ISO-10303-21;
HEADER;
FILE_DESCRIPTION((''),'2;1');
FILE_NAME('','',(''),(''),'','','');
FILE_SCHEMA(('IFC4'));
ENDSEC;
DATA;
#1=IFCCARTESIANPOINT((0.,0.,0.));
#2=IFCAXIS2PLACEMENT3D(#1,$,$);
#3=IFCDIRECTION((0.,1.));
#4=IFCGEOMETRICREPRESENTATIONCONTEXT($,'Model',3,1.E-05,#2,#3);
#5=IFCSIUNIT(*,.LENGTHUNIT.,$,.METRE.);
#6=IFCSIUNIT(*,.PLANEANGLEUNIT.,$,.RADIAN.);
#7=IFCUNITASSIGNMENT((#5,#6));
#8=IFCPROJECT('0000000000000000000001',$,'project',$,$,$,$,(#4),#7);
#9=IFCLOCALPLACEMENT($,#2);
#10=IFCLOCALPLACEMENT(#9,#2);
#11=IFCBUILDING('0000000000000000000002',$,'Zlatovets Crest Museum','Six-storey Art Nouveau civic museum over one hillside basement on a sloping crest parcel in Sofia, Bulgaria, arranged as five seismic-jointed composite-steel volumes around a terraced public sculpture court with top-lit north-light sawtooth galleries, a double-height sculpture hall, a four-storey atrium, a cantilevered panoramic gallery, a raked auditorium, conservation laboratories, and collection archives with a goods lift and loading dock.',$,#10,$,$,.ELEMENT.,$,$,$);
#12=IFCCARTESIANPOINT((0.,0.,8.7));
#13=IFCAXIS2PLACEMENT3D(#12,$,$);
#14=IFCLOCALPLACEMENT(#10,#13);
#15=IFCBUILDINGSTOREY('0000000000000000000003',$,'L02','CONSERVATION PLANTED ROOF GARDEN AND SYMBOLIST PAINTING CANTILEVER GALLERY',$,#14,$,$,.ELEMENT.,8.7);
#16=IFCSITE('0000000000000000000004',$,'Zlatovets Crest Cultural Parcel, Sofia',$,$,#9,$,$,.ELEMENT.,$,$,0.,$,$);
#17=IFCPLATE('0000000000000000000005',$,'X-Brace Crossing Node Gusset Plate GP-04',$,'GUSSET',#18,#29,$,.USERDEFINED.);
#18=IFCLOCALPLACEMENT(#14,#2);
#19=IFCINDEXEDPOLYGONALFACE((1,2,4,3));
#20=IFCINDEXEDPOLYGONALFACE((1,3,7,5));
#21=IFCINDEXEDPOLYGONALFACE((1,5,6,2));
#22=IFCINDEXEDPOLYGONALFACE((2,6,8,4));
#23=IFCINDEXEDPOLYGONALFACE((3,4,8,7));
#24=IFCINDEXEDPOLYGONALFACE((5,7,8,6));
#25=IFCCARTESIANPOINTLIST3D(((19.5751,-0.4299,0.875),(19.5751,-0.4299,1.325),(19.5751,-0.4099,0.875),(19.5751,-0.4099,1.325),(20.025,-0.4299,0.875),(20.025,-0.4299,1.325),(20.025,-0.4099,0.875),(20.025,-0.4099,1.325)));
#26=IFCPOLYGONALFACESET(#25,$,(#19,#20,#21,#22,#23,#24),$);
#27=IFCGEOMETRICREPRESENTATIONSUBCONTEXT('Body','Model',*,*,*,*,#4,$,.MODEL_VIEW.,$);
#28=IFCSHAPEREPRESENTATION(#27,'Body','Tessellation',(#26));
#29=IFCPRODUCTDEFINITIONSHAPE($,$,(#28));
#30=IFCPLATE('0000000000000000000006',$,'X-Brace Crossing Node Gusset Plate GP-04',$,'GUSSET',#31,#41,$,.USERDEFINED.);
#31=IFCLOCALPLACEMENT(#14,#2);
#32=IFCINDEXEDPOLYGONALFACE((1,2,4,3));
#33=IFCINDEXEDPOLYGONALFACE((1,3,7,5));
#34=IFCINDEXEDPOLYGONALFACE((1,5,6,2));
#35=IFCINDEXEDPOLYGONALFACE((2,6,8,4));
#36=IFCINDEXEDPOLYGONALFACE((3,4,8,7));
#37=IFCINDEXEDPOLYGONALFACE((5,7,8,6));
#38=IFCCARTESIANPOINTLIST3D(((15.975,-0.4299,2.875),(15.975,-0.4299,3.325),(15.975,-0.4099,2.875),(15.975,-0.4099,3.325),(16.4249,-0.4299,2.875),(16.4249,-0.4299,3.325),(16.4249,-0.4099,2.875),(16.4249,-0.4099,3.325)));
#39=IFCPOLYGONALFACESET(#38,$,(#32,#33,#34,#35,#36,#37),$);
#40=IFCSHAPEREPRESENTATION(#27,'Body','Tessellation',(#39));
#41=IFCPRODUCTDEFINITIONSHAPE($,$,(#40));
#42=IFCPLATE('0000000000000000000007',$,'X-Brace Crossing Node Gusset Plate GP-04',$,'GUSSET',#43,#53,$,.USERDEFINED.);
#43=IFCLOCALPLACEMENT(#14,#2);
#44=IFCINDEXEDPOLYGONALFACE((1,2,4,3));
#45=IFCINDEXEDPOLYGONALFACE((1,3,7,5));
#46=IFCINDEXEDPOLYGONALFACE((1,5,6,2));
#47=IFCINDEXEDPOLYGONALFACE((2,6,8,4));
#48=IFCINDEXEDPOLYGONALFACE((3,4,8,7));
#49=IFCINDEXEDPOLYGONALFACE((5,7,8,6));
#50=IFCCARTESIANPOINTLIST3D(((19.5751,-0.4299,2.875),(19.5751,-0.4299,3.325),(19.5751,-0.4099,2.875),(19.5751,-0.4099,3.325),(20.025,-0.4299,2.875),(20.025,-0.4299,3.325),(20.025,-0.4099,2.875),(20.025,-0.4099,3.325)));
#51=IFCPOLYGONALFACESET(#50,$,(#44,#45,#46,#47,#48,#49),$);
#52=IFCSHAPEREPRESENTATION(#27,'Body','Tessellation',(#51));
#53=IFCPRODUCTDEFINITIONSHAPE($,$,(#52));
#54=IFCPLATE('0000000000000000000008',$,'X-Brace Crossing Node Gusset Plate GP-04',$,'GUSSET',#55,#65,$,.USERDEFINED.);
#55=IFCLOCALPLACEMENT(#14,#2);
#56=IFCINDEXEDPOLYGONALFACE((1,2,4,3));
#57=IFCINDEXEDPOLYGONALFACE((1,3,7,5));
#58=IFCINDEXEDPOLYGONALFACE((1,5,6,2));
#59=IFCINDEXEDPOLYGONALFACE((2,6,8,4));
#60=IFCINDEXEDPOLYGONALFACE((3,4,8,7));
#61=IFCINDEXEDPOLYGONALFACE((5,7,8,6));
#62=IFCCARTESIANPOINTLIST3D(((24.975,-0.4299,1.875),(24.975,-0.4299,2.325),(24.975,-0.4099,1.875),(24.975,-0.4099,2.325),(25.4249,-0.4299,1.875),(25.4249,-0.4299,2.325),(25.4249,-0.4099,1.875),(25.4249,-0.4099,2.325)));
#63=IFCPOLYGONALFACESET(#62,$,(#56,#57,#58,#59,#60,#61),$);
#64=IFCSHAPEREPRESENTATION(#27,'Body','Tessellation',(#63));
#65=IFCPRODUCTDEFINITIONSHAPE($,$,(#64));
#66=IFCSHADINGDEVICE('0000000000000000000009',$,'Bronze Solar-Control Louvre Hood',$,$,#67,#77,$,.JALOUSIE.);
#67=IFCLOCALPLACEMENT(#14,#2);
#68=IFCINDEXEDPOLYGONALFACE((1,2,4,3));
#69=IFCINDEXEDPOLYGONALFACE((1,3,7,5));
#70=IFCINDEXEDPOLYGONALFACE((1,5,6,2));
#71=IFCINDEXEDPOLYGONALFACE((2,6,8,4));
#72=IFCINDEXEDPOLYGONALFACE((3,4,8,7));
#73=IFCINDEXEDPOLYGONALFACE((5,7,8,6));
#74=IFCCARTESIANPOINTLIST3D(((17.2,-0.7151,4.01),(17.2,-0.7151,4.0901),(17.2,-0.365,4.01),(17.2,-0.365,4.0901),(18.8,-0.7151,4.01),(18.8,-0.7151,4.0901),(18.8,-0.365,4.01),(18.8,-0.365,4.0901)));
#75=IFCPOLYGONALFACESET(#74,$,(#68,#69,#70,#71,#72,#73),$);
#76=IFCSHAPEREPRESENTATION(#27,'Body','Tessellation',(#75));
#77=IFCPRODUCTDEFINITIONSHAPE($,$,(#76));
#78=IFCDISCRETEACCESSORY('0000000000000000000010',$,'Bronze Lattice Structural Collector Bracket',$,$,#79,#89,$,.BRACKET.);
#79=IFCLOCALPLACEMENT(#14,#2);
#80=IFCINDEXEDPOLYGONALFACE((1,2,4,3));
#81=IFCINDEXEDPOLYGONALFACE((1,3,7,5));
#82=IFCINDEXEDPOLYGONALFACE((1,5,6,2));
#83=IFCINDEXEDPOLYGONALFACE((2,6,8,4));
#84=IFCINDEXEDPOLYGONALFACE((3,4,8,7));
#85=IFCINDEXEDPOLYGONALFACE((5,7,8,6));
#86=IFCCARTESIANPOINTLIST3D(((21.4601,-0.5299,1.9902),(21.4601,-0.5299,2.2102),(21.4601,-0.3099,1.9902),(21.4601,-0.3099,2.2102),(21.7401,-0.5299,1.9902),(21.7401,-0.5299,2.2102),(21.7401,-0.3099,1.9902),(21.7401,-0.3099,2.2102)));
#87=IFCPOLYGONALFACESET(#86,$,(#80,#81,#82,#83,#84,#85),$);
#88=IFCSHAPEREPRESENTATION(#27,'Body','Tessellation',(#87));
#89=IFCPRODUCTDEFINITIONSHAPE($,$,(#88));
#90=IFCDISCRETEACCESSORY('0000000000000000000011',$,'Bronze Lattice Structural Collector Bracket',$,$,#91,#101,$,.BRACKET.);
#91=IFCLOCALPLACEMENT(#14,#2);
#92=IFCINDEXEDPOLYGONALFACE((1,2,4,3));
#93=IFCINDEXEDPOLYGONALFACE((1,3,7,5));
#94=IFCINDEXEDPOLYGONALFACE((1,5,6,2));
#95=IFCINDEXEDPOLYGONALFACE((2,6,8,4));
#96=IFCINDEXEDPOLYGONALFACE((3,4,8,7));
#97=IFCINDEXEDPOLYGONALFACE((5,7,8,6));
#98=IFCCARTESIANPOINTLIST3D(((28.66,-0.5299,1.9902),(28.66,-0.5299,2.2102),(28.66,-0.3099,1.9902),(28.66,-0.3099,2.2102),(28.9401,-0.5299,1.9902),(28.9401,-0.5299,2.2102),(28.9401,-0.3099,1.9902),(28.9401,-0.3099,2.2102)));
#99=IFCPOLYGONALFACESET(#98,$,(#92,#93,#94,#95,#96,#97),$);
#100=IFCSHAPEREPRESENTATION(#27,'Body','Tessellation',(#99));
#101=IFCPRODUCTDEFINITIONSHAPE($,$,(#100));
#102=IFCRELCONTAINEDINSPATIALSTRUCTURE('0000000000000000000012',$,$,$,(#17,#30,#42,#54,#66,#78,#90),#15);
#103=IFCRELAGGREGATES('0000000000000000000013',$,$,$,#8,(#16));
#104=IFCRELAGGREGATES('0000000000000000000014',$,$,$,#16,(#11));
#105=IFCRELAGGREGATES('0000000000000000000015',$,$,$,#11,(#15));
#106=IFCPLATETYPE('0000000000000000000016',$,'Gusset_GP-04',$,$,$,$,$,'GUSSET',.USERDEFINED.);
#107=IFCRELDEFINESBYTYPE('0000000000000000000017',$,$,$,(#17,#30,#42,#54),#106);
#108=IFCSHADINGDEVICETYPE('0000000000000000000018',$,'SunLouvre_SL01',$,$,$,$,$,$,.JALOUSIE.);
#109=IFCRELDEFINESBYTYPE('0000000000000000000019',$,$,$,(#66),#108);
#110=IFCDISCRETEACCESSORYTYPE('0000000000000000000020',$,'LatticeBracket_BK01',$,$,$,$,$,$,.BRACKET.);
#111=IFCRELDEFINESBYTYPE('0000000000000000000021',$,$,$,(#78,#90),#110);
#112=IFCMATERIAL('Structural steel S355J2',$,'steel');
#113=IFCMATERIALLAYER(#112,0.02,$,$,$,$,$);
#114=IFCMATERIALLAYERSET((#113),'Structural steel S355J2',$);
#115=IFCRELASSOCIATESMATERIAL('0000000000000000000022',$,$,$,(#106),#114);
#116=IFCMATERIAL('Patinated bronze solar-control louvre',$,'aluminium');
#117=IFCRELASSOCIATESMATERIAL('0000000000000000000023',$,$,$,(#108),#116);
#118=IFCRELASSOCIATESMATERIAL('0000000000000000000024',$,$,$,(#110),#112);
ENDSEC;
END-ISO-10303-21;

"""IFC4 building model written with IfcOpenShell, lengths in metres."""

from ifc_helpers import new_model, si_unit, direction, frame, origin, origin_2d, place, context, subcontext, project, spatial, rectangle, extrude, material, layer, layer_set, type_object, element, save


model = new_model("IFC4")

# Units and contexts
model_context = context("Model", 3, precision=1e-05, world=origin(), true_north=direction((0.0, 1.0)))
body_context = subcontext(model_context, "Body", "Model", "MODEL_VIEW")
ifc_project = project(units=[si_unit("LENGTHUNIT", "METRE"), si_unit("PLANEANGLEUNIT", "RADIAN")], contexts=[model_context])

# Site, building, storey
site_placement = place(None, origin())
site = spatial("IfcSite", under=ifc_project, at=site_placement, Name="Zlatovets Crest Cultural Parcel, Sofia", CompositionType="ELEMENT", RefElevation=0.0)
building_placement = place(site_placement, origin())
building = spatial("IfcBuilding", under=site, at=building_placement, Name="Zlatovets Crest Museum", Description="Six-storey Art Nouveau civic museum over one hillside basement on a sloping crest parcel in Sofia, Bulgaria, arranged as five seismic-jointed composite-steel volumes around a terraced public sculpture court with top-lit north-light sawtooth galleries, a double-height sculpture hall, a four-storey atrium, a cantilevered panoramic gallery, a raked auditorium, conservation laboratories, and collection archives with a goods lift and loading dock.", CompositionType="ELEMENT")
storey_placement = place(building_placement, frame((0.0, 0.0, 8.7)))
storey = spatial("IfcBuildingStorey", under=building, at=storey_placement, Name="L02", Description="CONSERVATION PLANTED ROOF GARDEN AND SYMBOLIST PAINTING CANTILEVER GALLERY", CompositionType="ELEMENT", Elevation=8.7)

# Plates
ifc_material_1 = material(Name="Structural steel S355J2", Category="steel")
ifc_layer_1 = layer(ifc_material_1, 0.02)
ifc_layer_set_1 = layer_set([ifc_layer_1], Name="Structural steel S355J2")
plate_type_1 = type_object("IfcPlateType", Name="Gusset_GP-04", ElementType="GUSSET", PredefinedType="USERDEFINED", material=ifc_layer_set_1)
for number, where, z_axis, x_axis, name in (
    (1, (19.8, -0.4199, 0.875), (0.0, 0.0, 1.0), (1.0, 0.0, 0.0), "X-Brace Crossing Node Gusset Plate GP-04"),
    (2, (16.2, -0.4199, 2.875), (0.0, 0.0, 1.0), (1.0, 0.0, 0.0), "X-Brace Crossing Node Gusset Plate GP-04"),
    (3, (19.8, -0.4199, 2.875), (0.0, 0.0, 1.0), (1.0, 0.0, 0.0), "X-Brace Crossing Node Gusset Plate GP-04"),
    (4, (25.2, -0.4199, 1.875), (0.0, 0.0, 1.0), (1.0, 0.0, 0.0), "X-Brace Crossing Node Gusset Plate GP-04"),
):
    element("IfcPlate", number, at=place(storey_placement, frame(where, z_axis=z_axis, x_axis=x_axis)), inside=storey, type_object=plate_type_1, Name=name, ObjectType="GUSSET", PredefinedType="USERDEFINED", context=body_context, shape_type="SweptSolid", body=[
        extrude(rectangle(XDim=0.45, YDim=0.02, at=origin_2d()), origin(), (0.0, 0.0, 1.0), 0.45),
    ])

# Shading device
ifc_material_2 = material(Name="Patinated bronze solar-control louvre", Category="aluminium")
shading_device_type = type_object("IfcShadingDeviceType", Name="SunLouvre_SL01", PredefinedType="JALOUSIE", material=ifc_material_2)
shading_device_placement = place(storey_placement, frame((18.0, -0.54, 4.01), z_axis=(0.0, 0.0, 1.0), x_axis=(1.0, 0.0, 0.0)))
element("IfcShadingDevice", 5, at=shading_device_placement, inside=storey, type_object=shading_device_type, Name="Bronze Solar-Control Louvre Hood", PredefinedType="JALOUSIE", context=body_context, shape_type="SweptSolid", body=[
    extrude(rectangle(XDim=1.6001, YDim=0.3501, at=origin_2d()), origin(), (0.0, 0.0, 1.0), 0.0801),
])

# Discrete accessories
discrete_accessory_type = type_object("IfcDiscreteAccessoryType", Name="LatticeBracket_BK01", PredefinedType="BRACKET", material=ifc_material_1)
for number, where, z_axis, x_axis, name in (
    (6, (21.6001, -0.4199, 1.9902), (0.0, 0.0, 1.0), (1.0, 0.0, 0.0), "Bronze Lattice Structural Collector Bracket"),
    (7, (28.8, -0.4199, 1.9902), (0.0, 0.0, 1.0), (1.0, 0.0, 0.0), "Bronze Lattice Structural Collector Bracket"),
):
    element("IfcDiscreteAccessory", number, at=place(storey_placement, frame(where, z_axis=z_axis, x_axis=x_axis)), inside=storey, type_object=discrete_accessory_type, Name=name, PredefinedType="BRACKET", context=body_context, shape_type="SweptSolid", body=[
        extrude(rectangle(XDim=0.28, YDim=0.22, at=origin_2d()), origin(), (0.0, 0.0, 1.0), 0.22),
    ])

save(model, "model.ifc")
